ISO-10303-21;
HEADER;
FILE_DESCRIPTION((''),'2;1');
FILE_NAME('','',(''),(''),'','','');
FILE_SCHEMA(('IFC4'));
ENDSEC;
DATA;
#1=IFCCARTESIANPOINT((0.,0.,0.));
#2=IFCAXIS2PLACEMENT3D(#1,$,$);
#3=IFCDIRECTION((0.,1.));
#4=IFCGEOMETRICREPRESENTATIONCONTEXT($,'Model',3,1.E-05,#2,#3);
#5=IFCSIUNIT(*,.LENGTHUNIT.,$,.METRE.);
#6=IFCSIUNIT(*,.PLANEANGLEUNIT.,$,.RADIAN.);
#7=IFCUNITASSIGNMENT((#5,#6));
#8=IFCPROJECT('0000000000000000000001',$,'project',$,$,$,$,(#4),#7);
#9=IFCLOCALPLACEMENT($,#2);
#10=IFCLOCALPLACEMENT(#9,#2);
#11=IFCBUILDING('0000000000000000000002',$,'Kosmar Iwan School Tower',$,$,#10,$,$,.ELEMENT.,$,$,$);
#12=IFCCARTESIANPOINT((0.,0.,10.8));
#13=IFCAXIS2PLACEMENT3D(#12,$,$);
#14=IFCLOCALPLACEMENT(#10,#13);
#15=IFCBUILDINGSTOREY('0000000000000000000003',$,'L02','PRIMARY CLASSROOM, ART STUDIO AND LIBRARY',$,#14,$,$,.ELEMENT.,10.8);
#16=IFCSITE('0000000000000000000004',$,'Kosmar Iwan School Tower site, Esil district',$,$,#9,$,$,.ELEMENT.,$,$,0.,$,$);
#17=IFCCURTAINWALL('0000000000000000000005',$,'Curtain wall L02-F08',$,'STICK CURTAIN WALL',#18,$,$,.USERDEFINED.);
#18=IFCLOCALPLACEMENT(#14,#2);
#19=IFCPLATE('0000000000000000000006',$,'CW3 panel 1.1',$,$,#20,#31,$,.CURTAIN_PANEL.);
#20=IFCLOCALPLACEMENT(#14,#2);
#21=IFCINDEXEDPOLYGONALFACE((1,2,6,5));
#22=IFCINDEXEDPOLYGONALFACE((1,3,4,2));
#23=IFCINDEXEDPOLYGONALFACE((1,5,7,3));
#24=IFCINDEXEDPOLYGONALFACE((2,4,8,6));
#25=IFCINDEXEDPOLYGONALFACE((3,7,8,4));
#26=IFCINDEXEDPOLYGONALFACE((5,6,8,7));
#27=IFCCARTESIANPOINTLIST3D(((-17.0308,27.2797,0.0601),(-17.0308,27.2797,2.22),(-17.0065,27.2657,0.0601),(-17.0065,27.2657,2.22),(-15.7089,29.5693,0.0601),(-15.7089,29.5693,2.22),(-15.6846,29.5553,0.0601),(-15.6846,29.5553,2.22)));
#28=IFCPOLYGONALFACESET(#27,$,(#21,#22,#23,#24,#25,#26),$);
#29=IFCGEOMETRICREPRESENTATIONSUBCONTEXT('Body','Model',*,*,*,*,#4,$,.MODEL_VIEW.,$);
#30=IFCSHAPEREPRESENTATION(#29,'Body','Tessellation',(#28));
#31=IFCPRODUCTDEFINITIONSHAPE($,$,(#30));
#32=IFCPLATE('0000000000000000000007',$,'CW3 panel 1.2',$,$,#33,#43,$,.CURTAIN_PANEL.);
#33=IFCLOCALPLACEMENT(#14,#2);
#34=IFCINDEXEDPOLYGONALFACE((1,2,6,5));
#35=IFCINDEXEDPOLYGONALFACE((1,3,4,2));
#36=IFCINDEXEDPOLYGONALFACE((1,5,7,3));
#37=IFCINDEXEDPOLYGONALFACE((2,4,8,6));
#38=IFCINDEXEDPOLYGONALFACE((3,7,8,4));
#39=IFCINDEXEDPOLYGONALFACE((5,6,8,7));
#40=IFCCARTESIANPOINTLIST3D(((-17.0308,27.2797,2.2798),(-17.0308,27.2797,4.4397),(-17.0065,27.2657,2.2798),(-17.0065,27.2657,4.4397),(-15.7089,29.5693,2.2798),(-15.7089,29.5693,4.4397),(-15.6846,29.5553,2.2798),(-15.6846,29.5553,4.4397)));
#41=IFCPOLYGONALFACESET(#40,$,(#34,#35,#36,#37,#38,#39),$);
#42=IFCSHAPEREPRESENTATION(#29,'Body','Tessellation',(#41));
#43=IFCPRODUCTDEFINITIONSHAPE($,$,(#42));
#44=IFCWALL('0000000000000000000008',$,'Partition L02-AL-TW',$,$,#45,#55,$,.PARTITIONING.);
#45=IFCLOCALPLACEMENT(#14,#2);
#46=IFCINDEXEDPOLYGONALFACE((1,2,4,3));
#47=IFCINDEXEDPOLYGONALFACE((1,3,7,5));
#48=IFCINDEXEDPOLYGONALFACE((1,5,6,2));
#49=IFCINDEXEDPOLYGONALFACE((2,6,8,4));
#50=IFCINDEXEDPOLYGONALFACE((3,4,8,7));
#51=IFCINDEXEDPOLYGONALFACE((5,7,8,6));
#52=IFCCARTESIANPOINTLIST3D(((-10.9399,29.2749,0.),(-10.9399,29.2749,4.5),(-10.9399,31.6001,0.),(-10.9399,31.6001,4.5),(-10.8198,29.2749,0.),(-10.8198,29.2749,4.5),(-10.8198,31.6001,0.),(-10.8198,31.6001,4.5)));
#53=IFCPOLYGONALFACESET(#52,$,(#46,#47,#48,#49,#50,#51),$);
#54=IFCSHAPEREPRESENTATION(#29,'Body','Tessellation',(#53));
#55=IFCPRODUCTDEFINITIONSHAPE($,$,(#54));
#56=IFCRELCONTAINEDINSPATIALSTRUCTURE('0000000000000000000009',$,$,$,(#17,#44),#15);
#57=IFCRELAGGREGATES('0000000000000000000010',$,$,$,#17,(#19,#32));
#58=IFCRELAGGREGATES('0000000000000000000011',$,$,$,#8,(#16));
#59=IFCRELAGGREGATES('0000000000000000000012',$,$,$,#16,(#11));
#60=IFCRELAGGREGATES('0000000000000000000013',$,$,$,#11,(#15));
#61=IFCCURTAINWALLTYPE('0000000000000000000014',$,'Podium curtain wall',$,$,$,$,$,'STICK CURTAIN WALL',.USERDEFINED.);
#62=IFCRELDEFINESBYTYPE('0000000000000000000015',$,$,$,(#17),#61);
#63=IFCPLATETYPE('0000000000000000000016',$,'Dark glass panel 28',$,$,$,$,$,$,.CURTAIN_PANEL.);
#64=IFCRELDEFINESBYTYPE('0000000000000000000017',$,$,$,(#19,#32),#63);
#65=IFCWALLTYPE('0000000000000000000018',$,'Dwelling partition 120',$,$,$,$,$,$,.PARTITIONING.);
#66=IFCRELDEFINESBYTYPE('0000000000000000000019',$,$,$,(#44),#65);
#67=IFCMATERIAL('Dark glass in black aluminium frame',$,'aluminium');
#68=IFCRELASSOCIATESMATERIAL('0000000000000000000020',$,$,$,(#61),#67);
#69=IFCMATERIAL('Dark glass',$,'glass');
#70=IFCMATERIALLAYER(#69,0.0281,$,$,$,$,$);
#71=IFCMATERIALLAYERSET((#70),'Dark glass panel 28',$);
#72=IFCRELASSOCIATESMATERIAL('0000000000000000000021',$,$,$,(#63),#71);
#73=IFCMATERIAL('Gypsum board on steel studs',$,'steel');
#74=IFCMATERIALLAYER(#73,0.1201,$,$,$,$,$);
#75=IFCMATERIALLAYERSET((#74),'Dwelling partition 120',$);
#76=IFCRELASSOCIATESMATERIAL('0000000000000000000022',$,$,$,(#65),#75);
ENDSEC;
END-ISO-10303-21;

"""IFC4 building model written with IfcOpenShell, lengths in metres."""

from ifc_helpers import new_model, si_unit, direction, frame, frame_2d, origin, origin_2d, place, context, subcontext, project, spatial, rectangle, extrude, material, layer, layer_set, type_object, element, aggregate, save


model = new_model("IFC4")

# Units and contexts
model_context = context("Model", 3, precision=1e-05, world=origin(), true_north=direction((0.0, 1.0)))
body_context = subcontext(model_context, "Body", "Model", "MODEL_VIEW")
ifc_project = project(units=[si_unit("LENGTHUNIT", "METRE"), si_unit("PLANEANGLEUNIT", "RADIAN")], contexts=[model_context])

# Site, building, storey
site_placement = place(None, origin())
site = spatial("IfcSite", under=ifc_project, at=site_placement, Name="Kosmar Iwan School Tower site, Esil district", CompositionType="ELEMENT", RefElevation=0.0)
building_placement = place(site_placement, origin())
building = spatial("IfcBuilding", under=site, at=building_placement, Name="Kosmar Iwan School Tower", CompositionType="ELEMENT")
storey_placement = place(building_placement, frame((0.0, 0.0, 10.8)))
storey = spatial("IfcBuildingStorey", under=building, at=storey_placement, Name="L02", Description="PRIMARY CLASSROOM, ART STUDIO AND LIBRARY", CompositionType="ELEMENT", Elevation=10.8)

# Curtain wall
ifc_material_1 = material(Name="Dark glass in black aluminium frame", Category="aluminium")
curtain_wall_type = type_object("IfcCurtainWallType", Name="Podium curtain wall", ElementType="STICK CURTAIN WALL", PredefinedType="USERDEFINED", material=ifc_material_1)
curtain_wall_1_placement = place(storey_placement, origin())
curtain_wall_1 = element("IfcCurtainWall", 1, at=curtain_wall_1_placement, inside=storey, type_object=curtain_wall_type, Name="Curtain wall L02-F08", ObjectType="STICK CURTAIN WALL", PredefinedType="USERDEFINED")

# Plates
ifc_material_2 = material(Name="Dark glass", Category="glass")
ifc_layer_1 = layer(ifc_material_2, 0.0281)
ifc_layer_set_1 = layer_set([ifc_layer_1], Name="Dark glass panel 28")
plate_type = type_object("IfcPlateType", Name="Dark glass panel 28", PredefinedType="CURTAIN_PANEL", material=ifc_layer_set_1)
plate_1_placement = place(storey_placement, frame((-16.3577, 28.4175, 0.0601), z_axis=(0.0, 0.0, 1.0), x_axis=(-0.5, -0.866025, 0.0)))
plate_1 = element("IfcPlate", 2, at=plate_1_placement, type_object=plate_type, Name="CW3 panel 1.1", PredefinedType="CURTAIN_PANEL", context=body_context, shape_type="SweptSolid", body=[
    extrude(rectangle(XDim=2.6438, YDim=0.0281, at=origin_2d()), origin(), (0.0, 0.0, 1.0), 2.1599),
])
plate_2_placement = place(storey_placement, frame((-16.3577, 28.4175, 2.2798), z_axis=(0.0, 0.0, 1.0), x_axis=(-0.5, -0.866025, 0.0)))
plate_2 = element("IfcPlate", 3, at=plate_2_placement, type_object=plate_type, Name="CW3 panel 1.2", PredefinedType="CURTAIN_PANEL", context=body_context, shape_type="SweptSolid", body=[
    extrude(rectangle(XDim=2.6438, YDim=0.0281, at=origin_2d()), origin(), (0.0, 0.0, 1.0), 2.1599),
])
aggregate(curtain_wall_1, [plate_1, plate_2])

# Wall
ifc_material_3 = material(Name="Gypsum board on steel studs", Category="steel")
ifc_layer_2 = layer(ifc_material_3, 0.1201)
ifc_layer_set_2 = layer_set([ifc_layer_2], Name="Dwelling partition 120")
wall_type = type_object("IfcWallType", Name="Dwelling partition 120", PredefinedType="PARTITIONING", material=ifc_layer_set_2)
wall_placement = place(storey_placement, frame((-10.8799, 29.2749, 0.0), z_axis=(0.0, 0.0, 1.0), x_axis=(0.0, 1.0, 0.0)))
element("IfcWall", 4, at=wall_placement, inside=storey, type_object=wall_type, Name="Partition L02-AL-TW", PredefinedType="PARTITIONING", context=body_context, shape_type="SweptSolid", body=[
    extrude(rectangle(XDim=2.3252, YDim=0.1201, at=frame_2d((1.1626, 0.0))), origin(), (0.0, 0.0, 1.0), 4.5),
])

save(model, "model.ifc")
